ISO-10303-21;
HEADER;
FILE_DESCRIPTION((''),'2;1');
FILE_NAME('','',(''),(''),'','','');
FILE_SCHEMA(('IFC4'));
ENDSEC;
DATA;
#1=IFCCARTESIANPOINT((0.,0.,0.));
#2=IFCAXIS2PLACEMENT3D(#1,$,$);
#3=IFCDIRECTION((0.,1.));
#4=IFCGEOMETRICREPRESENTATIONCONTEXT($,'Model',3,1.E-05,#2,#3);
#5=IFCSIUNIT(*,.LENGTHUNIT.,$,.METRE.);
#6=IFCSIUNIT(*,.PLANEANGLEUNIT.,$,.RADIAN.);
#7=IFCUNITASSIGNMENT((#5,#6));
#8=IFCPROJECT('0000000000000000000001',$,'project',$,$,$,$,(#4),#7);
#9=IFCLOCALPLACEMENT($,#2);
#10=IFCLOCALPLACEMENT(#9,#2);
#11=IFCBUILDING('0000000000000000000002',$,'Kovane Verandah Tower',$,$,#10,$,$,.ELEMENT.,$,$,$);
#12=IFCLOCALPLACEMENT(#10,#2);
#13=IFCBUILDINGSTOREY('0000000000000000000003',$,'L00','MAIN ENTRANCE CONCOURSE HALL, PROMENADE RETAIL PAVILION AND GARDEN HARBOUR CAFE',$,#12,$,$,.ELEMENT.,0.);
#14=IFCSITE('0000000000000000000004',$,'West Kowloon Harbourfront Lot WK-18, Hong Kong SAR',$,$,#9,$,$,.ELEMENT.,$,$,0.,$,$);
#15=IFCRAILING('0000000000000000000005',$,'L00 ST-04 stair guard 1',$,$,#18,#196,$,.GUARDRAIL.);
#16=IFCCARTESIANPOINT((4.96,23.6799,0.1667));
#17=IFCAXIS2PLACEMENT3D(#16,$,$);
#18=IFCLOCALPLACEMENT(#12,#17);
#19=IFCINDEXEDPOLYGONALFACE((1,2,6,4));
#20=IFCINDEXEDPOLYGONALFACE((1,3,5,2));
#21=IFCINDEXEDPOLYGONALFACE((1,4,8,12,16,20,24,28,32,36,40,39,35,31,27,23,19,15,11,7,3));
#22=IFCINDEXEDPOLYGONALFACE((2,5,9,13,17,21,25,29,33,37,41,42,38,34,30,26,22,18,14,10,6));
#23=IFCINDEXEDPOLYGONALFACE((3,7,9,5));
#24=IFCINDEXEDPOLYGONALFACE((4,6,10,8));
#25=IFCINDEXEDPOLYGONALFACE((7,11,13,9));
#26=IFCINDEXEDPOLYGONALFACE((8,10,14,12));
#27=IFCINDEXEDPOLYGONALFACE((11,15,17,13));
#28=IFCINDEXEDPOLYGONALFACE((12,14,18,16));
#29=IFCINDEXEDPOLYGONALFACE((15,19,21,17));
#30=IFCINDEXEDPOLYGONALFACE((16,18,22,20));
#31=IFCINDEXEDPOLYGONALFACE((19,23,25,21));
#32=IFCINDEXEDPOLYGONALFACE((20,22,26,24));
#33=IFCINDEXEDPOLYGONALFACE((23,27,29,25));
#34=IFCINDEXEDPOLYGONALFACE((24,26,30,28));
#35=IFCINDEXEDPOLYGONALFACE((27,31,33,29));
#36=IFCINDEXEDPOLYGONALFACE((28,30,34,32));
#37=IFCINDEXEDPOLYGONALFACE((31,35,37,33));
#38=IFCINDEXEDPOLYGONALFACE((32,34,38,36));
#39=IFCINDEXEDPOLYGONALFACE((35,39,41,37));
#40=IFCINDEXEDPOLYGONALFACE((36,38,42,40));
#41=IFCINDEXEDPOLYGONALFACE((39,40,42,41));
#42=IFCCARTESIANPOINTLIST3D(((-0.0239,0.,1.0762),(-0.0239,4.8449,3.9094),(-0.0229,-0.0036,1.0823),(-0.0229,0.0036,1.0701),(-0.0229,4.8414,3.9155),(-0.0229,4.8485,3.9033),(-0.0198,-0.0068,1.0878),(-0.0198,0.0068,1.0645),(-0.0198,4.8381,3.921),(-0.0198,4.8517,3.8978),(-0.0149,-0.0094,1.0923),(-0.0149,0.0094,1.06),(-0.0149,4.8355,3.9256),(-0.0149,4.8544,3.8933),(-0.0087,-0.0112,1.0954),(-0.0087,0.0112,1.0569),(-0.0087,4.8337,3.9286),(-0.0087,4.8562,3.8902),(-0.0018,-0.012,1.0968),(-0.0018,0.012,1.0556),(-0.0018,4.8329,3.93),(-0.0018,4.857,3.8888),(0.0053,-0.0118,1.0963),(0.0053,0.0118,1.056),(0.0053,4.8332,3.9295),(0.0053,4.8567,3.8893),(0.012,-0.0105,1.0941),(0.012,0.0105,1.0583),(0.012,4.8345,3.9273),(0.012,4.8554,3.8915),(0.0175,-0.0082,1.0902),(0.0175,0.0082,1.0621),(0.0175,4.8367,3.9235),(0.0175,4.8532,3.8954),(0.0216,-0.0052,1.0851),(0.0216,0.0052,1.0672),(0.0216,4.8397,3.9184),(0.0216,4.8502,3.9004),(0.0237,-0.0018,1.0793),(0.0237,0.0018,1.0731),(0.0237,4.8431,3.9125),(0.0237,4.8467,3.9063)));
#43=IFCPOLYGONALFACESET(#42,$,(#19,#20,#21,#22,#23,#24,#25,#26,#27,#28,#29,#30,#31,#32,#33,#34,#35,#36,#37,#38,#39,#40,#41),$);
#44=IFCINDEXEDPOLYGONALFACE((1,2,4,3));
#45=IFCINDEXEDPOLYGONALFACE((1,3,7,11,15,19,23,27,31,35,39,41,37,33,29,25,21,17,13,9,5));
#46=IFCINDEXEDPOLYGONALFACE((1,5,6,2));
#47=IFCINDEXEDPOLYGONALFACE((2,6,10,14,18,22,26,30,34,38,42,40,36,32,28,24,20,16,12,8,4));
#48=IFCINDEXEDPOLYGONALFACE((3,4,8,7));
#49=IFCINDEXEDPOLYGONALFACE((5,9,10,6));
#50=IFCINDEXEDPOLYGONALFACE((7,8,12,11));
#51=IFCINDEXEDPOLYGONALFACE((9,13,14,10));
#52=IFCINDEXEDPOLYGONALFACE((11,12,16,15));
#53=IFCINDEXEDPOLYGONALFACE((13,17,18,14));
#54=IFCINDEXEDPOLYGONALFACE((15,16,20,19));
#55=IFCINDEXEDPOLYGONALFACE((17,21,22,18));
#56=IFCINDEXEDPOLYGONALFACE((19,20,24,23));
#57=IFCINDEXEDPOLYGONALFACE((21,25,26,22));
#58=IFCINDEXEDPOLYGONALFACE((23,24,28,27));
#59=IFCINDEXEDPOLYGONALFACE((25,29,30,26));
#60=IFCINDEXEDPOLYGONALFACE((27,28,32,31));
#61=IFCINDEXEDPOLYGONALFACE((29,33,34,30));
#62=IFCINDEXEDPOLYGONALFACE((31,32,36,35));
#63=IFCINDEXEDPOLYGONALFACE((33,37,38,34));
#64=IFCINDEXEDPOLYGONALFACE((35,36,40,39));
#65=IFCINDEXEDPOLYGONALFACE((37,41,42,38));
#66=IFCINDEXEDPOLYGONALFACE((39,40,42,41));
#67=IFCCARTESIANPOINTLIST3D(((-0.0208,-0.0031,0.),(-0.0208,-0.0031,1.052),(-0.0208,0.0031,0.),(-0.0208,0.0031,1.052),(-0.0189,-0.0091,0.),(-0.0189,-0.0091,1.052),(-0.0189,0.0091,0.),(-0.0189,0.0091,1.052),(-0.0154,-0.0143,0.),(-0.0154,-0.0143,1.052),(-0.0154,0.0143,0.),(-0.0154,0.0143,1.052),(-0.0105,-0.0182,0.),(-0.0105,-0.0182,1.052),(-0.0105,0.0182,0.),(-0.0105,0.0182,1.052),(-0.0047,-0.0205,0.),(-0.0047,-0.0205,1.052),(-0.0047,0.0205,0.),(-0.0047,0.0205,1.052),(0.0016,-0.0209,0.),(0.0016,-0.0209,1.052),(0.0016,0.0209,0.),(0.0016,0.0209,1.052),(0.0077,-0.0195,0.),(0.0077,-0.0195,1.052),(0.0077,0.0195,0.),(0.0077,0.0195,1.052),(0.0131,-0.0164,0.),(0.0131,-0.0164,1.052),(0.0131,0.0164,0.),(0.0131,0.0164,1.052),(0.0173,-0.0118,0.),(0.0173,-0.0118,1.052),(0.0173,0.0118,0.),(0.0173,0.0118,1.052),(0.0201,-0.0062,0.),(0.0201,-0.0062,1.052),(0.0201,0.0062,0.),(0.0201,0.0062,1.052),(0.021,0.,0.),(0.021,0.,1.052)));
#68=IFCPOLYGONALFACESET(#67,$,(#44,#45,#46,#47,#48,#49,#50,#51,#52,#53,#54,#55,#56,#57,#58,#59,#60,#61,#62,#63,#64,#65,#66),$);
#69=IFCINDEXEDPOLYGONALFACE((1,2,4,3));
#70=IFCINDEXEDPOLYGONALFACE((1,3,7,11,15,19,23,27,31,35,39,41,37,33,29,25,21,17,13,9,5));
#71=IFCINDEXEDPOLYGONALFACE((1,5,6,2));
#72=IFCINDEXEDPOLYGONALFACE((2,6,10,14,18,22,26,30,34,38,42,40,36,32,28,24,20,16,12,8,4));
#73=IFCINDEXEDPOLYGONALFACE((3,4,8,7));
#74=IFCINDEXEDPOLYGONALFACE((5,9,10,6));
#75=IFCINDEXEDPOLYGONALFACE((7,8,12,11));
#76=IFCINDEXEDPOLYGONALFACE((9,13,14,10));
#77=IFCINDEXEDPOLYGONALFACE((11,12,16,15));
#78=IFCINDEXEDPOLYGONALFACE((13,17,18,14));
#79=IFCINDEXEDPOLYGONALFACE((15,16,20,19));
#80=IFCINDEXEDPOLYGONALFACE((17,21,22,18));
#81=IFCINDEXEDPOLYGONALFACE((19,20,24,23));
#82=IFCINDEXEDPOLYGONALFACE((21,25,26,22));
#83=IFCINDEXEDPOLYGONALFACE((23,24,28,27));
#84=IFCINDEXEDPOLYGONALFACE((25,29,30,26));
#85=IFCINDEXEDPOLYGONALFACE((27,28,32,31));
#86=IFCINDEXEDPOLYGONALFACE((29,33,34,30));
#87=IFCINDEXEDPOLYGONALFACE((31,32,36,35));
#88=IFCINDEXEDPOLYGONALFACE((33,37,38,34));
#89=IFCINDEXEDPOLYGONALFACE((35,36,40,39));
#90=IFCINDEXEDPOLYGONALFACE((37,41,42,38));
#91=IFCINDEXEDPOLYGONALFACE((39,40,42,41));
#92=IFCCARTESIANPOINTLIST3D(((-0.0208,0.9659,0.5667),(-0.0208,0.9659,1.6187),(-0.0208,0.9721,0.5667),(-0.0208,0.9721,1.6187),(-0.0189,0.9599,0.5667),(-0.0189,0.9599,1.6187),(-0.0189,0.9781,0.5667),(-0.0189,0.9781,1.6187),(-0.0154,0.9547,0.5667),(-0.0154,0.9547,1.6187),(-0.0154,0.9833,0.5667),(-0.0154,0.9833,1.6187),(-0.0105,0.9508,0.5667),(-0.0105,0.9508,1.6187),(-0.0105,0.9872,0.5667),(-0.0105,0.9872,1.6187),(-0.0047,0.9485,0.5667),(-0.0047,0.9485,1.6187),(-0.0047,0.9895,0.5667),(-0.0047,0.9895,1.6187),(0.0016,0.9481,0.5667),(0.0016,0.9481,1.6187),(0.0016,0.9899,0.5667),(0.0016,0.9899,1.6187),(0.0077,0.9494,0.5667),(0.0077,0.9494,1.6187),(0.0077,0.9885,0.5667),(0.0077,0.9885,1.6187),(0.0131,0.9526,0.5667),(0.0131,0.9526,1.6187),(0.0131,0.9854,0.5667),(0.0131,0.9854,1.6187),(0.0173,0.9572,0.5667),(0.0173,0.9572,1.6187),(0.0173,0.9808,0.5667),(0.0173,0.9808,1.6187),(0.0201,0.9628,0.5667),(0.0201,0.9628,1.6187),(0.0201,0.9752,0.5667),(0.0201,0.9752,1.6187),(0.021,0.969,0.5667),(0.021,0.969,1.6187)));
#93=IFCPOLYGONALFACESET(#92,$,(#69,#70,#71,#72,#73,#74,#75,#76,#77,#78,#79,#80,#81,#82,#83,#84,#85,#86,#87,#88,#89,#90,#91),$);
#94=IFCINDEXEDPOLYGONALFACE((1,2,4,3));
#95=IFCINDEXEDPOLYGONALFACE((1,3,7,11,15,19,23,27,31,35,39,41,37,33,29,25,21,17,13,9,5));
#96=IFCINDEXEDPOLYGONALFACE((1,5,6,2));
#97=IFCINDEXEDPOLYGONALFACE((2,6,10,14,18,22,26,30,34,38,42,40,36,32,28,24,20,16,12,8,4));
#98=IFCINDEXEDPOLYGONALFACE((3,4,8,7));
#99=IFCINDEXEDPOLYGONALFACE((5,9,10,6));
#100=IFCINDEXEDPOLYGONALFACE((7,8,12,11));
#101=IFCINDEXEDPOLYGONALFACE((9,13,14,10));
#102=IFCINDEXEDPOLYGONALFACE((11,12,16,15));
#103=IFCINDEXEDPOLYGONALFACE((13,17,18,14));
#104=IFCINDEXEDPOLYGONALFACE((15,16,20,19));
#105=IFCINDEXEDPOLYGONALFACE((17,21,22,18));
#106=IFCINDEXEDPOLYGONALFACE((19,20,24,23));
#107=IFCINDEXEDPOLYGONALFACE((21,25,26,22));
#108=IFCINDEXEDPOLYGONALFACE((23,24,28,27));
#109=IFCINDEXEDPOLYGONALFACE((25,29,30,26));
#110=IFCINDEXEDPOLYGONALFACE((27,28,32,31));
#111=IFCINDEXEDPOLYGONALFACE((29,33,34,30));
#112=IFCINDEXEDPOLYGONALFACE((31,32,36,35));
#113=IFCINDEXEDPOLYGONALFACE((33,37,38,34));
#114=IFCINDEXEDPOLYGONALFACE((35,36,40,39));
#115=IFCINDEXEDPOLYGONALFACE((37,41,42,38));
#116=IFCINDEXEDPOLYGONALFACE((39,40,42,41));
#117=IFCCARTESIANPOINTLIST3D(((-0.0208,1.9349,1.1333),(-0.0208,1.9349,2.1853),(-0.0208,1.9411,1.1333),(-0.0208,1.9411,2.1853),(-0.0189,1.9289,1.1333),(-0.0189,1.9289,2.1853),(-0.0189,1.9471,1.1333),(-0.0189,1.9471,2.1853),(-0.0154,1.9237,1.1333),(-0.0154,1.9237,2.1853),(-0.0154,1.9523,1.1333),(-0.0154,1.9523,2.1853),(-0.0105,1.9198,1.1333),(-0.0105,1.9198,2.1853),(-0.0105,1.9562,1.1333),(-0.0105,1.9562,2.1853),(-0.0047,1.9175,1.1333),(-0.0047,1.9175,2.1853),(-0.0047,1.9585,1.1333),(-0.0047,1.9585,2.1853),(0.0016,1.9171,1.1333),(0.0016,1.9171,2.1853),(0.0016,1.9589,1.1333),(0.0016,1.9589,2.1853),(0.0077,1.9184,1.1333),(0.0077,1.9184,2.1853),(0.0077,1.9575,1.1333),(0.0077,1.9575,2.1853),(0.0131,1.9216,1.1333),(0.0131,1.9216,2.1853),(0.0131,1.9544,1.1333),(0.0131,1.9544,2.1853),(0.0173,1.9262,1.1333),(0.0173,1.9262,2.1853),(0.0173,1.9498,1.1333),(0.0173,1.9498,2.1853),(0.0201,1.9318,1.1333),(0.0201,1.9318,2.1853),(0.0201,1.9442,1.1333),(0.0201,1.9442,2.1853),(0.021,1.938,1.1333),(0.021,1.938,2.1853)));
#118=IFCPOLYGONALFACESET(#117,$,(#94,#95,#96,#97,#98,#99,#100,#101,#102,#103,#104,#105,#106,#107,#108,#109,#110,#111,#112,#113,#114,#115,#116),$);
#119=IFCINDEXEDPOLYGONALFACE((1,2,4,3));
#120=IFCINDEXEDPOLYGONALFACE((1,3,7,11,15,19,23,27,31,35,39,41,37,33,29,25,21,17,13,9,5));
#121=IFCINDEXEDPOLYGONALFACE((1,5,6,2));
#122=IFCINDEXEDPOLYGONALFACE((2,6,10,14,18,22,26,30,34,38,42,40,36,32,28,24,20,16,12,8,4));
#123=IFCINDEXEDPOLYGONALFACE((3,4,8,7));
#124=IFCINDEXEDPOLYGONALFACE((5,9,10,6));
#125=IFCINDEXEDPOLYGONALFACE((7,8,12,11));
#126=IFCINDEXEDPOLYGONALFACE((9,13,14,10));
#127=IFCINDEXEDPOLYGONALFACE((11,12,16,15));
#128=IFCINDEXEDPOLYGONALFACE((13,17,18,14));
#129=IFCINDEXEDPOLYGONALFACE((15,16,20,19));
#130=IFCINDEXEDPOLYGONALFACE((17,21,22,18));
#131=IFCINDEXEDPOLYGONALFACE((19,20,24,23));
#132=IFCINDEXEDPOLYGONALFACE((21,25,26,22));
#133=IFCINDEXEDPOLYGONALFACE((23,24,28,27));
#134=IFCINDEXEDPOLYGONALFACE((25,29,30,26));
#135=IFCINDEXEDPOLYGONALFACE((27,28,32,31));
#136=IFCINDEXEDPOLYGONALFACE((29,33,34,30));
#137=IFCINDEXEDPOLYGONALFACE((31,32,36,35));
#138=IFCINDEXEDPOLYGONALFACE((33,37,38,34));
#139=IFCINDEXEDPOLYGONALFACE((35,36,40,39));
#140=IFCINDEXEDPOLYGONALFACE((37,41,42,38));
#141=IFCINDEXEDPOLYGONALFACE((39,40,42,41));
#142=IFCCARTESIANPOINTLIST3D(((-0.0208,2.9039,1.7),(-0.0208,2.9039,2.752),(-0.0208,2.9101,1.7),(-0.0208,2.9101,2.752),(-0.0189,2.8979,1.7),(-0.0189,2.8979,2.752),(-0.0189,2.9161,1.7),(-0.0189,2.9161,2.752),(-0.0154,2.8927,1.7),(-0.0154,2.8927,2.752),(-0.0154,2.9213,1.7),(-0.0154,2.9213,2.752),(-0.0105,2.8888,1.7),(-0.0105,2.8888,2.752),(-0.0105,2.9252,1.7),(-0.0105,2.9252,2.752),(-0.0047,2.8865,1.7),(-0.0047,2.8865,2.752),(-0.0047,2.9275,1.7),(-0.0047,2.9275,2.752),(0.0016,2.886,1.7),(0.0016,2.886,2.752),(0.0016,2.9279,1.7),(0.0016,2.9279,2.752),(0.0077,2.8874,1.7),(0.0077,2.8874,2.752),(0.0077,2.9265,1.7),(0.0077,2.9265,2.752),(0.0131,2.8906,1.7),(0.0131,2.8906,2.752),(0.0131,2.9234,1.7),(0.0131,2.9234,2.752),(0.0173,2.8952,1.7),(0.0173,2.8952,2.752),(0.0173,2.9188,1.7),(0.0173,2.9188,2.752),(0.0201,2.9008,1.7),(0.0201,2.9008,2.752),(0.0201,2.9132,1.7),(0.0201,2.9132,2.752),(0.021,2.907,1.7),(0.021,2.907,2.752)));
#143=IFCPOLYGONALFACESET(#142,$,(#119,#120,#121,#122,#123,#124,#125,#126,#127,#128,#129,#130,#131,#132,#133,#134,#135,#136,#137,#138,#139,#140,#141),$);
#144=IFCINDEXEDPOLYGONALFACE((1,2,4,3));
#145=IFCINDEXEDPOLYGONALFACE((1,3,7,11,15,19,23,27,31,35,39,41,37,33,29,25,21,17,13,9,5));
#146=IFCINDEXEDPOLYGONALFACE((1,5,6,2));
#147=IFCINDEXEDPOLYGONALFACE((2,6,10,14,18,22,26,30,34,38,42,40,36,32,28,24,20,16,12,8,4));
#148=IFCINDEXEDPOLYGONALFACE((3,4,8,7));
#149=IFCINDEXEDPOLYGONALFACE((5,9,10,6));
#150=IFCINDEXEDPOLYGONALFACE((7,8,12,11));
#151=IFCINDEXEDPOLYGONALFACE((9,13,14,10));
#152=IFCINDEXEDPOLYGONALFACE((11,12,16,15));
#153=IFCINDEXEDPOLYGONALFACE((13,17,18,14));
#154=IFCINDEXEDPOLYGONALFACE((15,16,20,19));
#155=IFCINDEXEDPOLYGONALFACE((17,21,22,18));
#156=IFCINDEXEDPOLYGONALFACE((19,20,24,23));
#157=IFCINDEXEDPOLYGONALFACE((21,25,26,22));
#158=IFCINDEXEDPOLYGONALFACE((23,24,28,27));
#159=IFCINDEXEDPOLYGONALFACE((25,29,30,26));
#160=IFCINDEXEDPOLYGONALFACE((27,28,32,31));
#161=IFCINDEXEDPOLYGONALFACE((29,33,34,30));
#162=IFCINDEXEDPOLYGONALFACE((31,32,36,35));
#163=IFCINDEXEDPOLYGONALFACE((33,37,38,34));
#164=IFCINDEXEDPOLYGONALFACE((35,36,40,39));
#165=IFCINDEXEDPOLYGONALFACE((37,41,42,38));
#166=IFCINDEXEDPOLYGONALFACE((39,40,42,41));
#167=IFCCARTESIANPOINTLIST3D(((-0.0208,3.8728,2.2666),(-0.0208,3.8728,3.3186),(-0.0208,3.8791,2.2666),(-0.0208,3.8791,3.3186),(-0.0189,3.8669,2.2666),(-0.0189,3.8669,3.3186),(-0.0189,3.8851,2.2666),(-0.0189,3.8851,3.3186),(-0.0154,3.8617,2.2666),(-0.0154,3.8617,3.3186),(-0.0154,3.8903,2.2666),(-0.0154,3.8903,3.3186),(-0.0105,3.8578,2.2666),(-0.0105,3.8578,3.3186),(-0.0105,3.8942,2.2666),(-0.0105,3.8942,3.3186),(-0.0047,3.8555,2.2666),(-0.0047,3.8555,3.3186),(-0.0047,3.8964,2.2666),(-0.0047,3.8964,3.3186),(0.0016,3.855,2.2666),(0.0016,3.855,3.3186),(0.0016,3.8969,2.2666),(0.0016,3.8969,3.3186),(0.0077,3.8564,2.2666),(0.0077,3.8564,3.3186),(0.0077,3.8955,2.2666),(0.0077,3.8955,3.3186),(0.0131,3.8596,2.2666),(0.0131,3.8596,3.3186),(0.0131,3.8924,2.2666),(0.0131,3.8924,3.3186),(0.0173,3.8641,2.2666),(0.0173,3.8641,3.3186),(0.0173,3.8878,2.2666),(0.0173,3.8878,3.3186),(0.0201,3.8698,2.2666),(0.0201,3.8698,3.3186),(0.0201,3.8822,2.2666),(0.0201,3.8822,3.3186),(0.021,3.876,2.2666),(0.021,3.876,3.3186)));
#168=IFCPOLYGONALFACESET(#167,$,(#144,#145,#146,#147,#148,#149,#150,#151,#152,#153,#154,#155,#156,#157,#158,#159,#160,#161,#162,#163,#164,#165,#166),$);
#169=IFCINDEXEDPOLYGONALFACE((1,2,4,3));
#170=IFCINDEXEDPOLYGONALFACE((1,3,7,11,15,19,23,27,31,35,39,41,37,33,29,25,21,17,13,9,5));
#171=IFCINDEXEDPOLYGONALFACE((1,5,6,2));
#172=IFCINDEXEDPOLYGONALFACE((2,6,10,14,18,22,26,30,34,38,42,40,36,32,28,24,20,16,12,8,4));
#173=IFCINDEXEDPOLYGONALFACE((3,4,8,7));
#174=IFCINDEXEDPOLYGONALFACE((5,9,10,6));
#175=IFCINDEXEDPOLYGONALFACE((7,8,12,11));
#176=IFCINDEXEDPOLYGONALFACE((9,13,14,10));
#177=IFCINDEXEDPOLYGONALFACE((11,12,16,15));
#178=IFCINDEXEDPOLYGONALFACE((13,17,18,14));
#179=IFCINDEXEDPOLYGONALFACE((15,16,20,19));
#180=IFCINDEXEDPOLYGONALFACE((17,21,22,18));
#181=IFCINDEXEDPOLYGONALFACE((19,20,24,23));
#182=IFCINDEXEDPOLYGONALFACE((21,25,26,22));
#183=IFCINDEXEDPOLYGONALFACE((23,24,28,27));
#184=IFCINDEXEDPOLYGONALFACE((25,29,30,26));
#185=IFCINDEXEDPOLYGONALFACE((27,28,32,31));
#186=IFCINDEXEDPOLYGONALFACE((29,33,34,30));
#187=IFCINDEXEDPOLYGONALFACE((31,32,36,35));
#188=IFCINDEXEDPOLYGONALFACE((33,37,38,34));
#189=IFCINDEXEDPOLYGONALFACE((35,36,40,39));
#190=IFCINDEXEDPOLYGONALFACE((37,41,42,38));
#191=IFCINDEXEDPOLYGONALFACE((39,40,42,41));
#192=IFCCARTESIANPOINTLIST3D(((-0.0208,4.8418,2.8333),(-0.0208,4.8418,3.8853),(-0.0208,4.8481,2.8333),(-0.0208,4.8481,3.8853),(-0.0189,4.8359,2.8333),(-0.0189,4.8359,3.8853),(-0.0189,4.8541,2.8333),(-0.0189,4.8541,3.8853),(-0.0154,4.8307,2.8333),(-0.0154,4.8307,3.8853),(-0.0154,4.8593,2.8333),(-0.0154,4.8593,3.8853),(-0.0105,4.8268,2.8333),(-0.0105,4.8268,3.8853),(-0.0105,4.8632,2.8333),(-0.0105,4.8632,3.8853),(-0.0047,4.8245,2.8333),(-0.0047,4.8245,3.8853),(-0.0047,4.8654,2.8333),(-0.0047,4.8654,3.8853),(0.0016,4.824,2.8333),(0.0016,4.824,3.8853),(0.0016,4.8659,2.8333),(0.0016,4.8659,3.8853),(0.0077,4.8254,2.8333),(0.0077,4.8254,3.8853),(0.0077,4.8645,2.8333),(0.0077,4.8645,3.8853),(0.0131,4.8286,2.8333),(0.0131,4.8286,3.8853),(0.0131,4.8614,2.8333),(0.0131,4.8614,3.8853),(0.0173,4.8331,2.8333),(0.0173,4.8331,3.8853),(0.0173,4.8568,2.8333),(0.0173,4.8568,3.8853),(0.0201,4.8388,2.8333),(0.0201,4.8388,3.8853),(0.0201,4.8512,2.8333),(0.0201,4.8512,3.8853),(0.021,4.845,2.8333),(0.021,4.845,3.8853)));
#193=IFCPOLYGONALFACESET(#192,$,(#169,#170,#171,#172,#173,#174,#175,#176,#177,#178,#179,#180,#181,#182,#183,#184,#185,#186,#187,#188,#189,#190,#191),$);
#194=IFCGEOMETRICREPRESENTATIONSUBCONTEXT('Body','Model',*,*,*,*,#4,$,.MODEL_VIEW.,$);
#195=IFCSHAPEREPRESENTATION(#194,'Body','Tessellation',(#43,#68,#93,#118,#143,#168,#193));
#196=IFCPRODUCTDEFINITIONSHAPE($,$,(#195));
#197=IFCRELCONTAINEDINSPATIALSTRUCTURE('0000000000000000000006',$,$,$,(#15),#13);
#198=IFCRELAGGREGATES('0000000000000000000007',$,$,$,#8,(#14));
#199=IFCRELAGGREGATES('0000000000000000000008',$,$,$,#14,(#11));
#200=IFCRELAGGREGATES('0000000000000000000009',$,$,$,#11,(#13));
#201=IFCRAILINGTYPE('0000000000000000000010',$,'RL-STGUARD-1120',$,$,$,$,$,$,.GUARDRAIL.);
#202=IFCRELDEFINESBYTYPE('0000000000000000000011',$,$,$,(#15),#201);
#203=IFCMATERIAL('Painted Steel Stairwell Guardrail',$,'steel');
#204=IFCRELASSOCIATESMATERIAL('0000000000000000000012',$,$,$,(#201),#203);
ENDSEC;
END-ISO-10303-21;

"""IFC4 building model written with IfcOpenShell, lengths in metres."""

from ifc_helpers import new_model, si_unit, direction, frame, origin, origin_2d, place, context, subcontext, project, spatial, circle, extrude, material, type_object, element, save


model = new_model("IFC4")

# Units and contexts
model_context = context("Model", 3, precision=1e-05, world=origin(), true_north=direction((0.0, 1.0)))
body_context = subcontext(model_context, "Body", "Model", "MODEL_VIEW")
ifc_project = project(units=[si_unit("LENGTHUNIT", "METRE"), si_unit("PLANEANGLEUNIT", "RADIAN")], contexts=[model_context])

# Site, building, storey
site_placement = place(None, origin())
site = spatial("IfcSite", under=ifc_project, at=site_placement, Name="West Kowloon Harbourfront Lot WK-18, Hong Kong SAR", CompositionType="ELEMENT", RefElevation=0.0)
building_placement = place(site_placement, origin())
building = spatial("IfcBuilding", under=site, at=building_placement, Name="Kovane Verandah Tower", CompositionType="ELEMENT")
storey_placement = place(building_placement, origin())
storey = spatial("IfcBuildingStorey", under=building, at=storey_placement, Name="L00", Description="MAIN ENTRANCE CONCOURSE HALL, PROMENADE RETAIL PAVILION AND GARDEN HARBOUR CAFE", CompositionType="ELEMENT", Elevation=0.0)

# Railing
ifc_material_1 = material(Name="Painted Steel Stairwell Guardrail", Category="steel")
railing_type_1 = type_object("IfcRailingType", Name="RL-STGUARD-1120", PredefinedType="GUARDRAIL", material=ifc_material_1)
railing_1_placement = place(storey_placement, frame((4.96, 23.6799, 0.1667)))
element("IfcRailing", 1, at=railing_1_placement, inside=storey, type_object=railing_type_1, Name="L00 ST-04 stair guard 1", PredefinedType="GUARDRAIL", context=body_context, shape_type="SweptSolid", body=[
    extrude(circle(Radius=0.0239, at=origin_2d()), frame((0.0, 0.0, 1.0762), z_axis=(0.0, 0.863234, 0.504804), x_axis=(-1.0, 0.0, 0.0)), (0.0, 0.0, 1.0), 5.6125),
    extrude(circle(Radius=0.021, at=origin_2d()), origin(), (0.0, 0.0, 1.0), 1.052),
    extrude(circle(Radius=0.021, at=origin_2d()), frame((0.0, 0.969, 0.5667)), (0.0, 0.0, 1.0), 1.052),
    extrude(circle(Radius=0.021, at=origin_2d()), frame((0.0, 1.938, 1.1333)), (0.0, 0.0, 1.0), 1.052),
    extrude(circle(Radius=0.021, at=origin_2d()), frame((0.0, 2.907, 1.7)), (0.0, 0.0, 1.0), 1.052),
    extrude(circle(Radius=0.021, at=origin_2d()), frame((0.0, 3.876, 2.2666)), (0.0, 0.0, 1.0), 1.052),
    extrude(circle(Radius=0.021, at=origin_2d()), frame((0.0, 4.845, 2.8333)), (0.0, 0.0, 1.0), 1.052),
])

save(model, "model.ifc")
